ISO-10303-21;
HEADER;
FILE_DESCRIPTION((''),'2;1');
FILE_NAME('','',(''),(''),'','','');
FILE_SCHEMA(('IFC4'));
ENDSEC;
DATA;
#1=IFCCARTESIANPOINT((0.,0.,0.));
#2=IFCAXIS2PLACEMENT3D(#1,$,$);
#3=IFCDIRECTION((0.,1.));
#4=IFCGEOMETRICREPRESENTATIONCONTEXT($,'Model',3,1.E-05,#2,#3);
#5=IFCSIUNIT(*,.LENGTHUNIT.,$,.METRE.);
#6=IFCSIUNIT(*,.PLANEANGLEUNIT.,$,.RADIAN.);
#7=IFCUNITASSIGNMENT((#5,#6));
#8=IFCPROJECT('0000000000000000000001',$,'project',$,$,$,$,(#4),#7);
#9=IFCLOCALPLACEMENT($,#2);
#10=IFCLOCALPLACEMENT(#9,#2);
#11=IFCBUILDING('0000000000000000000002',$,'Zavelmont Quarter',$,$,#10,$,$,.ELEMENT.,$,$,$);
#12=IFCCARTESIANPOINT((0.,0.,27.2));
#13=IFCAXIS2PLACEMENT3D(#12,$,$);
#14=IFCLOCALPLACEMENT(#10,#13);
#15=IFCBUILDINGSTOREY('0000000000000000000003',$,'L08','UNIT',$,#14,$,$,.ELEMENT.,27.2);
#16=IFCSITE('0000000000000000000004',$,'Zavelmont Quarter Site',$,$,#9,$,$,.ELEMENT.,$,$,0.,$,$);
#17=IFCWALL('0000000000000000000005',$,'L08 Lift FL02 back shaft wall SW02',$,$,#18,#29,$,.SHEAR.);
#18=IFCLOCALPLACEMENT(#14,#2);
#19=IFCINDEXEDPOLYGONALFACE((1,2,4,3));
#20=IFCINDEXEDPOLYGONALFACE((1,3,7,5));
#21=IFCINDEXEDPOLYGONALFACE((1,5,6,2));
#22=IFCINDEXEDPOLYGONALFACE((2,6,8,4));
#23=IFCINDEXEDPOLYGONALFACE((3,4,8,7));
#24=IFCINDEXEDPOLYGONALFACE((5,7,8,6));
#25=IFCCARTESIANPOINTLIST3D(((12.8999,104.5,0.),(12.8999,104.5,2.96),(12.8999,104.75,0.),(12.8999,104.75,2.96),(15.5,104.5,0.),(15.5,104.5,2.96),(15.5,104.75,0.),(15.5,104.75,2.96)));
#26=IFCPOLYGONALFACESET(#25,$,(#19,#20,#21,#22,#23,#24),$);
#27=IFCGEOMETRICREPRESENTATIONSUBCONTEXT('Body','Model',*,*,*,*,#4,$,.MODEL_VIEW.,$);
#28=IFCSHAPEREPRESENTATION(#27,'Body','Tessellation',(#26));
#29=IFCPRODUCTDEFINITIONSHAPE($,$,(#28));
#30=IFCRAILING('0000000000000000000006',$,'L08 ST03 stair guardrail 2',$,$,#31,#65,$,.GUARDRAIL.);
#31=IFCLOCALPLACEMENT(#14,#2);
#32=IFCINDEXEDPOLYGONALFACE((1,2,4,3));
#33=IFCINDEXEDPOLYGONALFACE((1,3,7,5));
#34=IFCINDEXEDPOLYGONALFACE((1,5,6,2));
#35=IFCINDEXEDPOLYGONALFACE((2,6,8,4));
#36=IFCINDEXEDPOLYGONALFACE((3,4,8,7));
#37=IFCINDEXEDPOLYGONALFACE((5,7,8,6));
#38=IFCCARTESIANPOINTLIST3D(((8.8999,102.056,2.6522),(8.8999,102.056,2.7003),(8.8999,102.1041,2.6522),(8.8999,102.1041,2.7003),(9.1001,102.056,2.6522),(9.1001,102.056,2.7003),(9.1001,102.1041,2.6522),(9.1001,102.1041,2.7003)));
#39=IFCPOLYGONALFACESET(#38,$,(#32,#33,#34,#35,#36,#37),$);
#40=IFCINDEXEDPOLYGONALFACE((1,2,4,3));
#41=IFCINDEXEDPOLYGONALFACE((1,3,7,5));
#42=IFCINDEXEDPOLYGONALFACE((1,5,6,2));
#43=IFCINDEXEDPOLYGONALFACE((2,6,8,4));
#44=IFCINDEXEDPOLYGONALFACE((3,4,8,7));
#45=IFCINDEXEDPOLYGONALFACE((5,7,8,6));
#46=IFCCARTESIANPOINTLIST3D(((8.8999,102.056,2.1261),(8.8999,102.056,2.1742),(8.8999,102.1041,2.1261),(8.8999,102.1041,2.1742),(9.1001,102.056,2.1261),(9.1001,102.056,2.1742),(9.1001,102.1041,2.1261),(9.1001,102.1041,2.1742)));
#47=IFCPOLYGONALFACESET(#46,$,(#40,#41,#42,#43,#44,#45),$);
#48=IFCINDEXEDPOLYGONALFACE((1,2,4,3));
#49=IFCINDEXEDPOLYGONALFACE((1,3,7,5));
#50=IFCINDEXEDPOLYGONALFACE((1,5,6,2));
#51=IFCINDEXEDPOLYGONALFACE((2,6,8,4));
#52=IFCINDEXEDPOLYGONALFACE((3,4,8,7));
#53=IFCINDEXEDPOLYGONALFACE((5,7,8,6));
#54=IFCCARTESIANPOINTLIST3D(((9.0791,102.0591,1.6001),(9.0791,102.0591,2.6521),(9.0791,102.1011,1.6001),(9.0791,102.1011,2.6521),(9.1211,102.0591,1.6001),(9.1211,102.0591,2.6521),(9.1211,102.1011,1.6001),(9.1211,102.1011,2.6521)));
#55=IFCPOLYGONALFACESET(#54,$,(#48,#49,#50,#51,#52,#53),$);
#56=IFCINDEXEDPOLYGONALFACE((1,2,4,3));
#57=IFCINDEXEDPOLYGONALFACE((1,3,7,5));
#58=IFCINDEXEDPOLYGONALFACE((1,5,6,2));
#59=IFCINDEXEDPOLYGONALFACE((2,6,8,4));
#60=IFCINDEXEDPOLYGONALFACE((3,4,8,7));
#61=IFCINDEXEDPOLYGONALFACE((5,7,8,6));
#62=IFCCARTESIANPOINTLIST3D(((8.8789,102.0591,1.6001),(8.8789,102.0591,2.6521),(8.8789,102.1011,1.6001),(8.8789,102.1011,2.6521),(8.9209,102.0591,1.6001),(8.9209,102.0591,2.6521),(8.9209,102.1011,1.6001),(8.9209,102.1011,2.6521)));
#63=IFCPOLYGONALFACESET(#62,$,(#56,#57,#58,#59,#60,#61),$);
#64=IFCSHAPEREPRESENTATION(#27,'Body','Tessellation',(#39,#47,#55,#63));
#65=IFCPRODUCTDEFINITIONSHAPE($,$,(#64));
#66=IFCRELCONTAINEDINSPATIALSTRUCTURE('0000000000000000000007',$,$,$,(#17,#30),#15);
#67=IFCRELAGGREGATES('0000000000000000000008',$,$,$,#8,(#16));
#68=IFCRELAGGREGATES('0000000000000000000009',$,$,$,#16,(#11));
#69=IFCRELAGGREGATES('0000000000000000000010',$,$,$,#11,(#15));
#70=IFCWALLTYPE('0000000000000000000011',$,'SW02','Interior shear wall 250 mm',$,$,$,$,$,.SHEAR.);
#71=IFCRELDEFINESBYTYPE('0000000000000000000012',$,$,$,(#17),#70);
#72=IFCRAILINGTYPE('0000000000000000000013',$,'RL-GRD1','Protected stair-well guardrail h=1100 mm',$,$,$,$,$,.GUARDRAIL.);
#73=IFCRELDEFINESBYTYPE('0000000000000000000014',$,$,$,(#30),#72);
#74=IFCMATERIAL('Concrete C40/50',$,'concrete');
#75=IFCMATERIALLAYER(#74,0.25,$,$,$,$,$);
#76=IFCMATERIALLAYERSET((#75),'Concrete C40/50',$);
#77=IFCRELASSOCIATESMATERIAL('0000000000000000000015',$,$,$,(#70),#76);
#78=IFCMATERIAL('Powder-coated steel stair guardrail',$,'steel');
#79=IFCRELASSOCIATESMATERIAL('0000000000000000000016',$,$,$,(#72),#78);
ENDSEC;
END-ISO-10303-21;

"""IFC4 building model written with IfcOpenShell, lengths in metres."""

from ifc_helpers import new_model, si_unit, direction, frame, frame_2d, origin, origin_2d, place, context, subcontext, project, spatial, rectangle, extrude, material, layer, layer_set, type_object, element, save


model = new_model("IFC4")

# Units and contexts
model_context = context("Model", 3, precision=1e-05, world=origin(), true_north=direction((0.0, 1.0)))
body_context = subcontext(model_context, "Body", "Model", "MODEL_VIEW")
ifc_project = project(units=[si_unit("LENGTHUNIT", "METRE"), si_unit("PLANEANGLEUNIT", "RADIAN")], contexts=[model_context])

# Site, building, storey
site_placement = place(None, origin())
site = spatial("IfcSite", under=ifc_project, at=site_placement, Name="Zavelmont Quarter Site", CompositionType="ELEMENT", RefElevation=0.0)
building_placement = place(site_placement, origin())
building = spatial("IfcBuilding", under=site, at=building_placement, Name="Zavelmont Quarter", CompositionType="ELEMENT")
storey_placement = place(building_placement, frame((0.0, 0.0, 27.2)))
storey = spatial("IfcBuildingStorey", under=building, at=storey_placement, Name="L08", Description="UNIT", CompositionType="ELEMENT", Elevation=27.2)

# Shared definitions
ifc_material_1 = material(Name="Concrete C40/50", Category="concrete")

# Wall
ifc_layer_1 = layer(ifc_material_1, 0.25)
ifc_layer_set_1 = layer_set([ifc_layer_1], Name="Concrete C40/50")
wall_type_1 = type_object("IfcWallType", Name="SW02", Description="Interior shear wall 250 mm", PredefinedType="SHEAR", material=ifc_layer_set_1)
wall_1_placement = place(storey_placement, frame((12.8999, 104.625, 0.0), z_axis=(0.0, 0.0, 1.0), x_axis=(1.0, 0.0, 0.0)))
element("IfcWall", 1, at=wall_1_placement, inside=storey, type_object=wall_type_1, Name="L08 Lift FL02 back shaft wall SW02", PredefinedType="SHEAR", context=body_context, shape_type="SweptSolid", body=[
    extrude(rectangle(XDim=2.6001, YDim=0.25, at=frame_2d((1.3, 0.0))), origin(), (0.0, 0.0, 1.0), 2.96),
])

# Railing
ifc_material_2 = material(Name="Powder-coated steel stair guardrail", Category="steel")
railing_type = type_object("IfcRailingType", Name="RL-GRD1", Description="Protected stair-well guardrail h=1100 mm", PredefinedType="GUARDRAIL", material=ifc_material_2)
railing_placement = place(storey_placement, frame((9.1001, 102.0801, 1.6001)))
element("IfcRailing", 2, at=railing_placement, inside=storey, type_object=railing_type, Name="L08 ST03 stair guardrail 2", PredefinedType="GUARDRAIL", context=body_context, shape_type="SweptSolid", body=[
    extrude(rectangle(XDim=0.0481, YDim=0.0481, at=origin_2d()), frame((0.0, 0.0, 1.0762), z_axis=(-1.0, 0.0, 0.0), x_axis=(0.0, -1.0, 0.0)), (0.0, 0.0, 1.0), 0.2002),
    extrude(rectangle(XDim=0.0481, YDim=0.0481, at=origin_2d()), frame((0.0, 0.0, 0.55), z_axis=(-1.0, 0.0, 0.0), x_axis=(0.0, -1.0, 0.0)), (0.0, 0.0, 1.0), 0.2002),
    extrude(rectangle(XDim=0.042, YDim=0.042, at=origin_2d()), origin(), (0.0, 0.0, 1.0), 1.052),
    extrude(rectangle(XDim=0.042, YDim=0.042, at=origin_2d()), frame((-0.2002, 0.0, 0.0)), (0.0, 0.0, 1.0), 1.052),
])

save(model, "model.ifc")
